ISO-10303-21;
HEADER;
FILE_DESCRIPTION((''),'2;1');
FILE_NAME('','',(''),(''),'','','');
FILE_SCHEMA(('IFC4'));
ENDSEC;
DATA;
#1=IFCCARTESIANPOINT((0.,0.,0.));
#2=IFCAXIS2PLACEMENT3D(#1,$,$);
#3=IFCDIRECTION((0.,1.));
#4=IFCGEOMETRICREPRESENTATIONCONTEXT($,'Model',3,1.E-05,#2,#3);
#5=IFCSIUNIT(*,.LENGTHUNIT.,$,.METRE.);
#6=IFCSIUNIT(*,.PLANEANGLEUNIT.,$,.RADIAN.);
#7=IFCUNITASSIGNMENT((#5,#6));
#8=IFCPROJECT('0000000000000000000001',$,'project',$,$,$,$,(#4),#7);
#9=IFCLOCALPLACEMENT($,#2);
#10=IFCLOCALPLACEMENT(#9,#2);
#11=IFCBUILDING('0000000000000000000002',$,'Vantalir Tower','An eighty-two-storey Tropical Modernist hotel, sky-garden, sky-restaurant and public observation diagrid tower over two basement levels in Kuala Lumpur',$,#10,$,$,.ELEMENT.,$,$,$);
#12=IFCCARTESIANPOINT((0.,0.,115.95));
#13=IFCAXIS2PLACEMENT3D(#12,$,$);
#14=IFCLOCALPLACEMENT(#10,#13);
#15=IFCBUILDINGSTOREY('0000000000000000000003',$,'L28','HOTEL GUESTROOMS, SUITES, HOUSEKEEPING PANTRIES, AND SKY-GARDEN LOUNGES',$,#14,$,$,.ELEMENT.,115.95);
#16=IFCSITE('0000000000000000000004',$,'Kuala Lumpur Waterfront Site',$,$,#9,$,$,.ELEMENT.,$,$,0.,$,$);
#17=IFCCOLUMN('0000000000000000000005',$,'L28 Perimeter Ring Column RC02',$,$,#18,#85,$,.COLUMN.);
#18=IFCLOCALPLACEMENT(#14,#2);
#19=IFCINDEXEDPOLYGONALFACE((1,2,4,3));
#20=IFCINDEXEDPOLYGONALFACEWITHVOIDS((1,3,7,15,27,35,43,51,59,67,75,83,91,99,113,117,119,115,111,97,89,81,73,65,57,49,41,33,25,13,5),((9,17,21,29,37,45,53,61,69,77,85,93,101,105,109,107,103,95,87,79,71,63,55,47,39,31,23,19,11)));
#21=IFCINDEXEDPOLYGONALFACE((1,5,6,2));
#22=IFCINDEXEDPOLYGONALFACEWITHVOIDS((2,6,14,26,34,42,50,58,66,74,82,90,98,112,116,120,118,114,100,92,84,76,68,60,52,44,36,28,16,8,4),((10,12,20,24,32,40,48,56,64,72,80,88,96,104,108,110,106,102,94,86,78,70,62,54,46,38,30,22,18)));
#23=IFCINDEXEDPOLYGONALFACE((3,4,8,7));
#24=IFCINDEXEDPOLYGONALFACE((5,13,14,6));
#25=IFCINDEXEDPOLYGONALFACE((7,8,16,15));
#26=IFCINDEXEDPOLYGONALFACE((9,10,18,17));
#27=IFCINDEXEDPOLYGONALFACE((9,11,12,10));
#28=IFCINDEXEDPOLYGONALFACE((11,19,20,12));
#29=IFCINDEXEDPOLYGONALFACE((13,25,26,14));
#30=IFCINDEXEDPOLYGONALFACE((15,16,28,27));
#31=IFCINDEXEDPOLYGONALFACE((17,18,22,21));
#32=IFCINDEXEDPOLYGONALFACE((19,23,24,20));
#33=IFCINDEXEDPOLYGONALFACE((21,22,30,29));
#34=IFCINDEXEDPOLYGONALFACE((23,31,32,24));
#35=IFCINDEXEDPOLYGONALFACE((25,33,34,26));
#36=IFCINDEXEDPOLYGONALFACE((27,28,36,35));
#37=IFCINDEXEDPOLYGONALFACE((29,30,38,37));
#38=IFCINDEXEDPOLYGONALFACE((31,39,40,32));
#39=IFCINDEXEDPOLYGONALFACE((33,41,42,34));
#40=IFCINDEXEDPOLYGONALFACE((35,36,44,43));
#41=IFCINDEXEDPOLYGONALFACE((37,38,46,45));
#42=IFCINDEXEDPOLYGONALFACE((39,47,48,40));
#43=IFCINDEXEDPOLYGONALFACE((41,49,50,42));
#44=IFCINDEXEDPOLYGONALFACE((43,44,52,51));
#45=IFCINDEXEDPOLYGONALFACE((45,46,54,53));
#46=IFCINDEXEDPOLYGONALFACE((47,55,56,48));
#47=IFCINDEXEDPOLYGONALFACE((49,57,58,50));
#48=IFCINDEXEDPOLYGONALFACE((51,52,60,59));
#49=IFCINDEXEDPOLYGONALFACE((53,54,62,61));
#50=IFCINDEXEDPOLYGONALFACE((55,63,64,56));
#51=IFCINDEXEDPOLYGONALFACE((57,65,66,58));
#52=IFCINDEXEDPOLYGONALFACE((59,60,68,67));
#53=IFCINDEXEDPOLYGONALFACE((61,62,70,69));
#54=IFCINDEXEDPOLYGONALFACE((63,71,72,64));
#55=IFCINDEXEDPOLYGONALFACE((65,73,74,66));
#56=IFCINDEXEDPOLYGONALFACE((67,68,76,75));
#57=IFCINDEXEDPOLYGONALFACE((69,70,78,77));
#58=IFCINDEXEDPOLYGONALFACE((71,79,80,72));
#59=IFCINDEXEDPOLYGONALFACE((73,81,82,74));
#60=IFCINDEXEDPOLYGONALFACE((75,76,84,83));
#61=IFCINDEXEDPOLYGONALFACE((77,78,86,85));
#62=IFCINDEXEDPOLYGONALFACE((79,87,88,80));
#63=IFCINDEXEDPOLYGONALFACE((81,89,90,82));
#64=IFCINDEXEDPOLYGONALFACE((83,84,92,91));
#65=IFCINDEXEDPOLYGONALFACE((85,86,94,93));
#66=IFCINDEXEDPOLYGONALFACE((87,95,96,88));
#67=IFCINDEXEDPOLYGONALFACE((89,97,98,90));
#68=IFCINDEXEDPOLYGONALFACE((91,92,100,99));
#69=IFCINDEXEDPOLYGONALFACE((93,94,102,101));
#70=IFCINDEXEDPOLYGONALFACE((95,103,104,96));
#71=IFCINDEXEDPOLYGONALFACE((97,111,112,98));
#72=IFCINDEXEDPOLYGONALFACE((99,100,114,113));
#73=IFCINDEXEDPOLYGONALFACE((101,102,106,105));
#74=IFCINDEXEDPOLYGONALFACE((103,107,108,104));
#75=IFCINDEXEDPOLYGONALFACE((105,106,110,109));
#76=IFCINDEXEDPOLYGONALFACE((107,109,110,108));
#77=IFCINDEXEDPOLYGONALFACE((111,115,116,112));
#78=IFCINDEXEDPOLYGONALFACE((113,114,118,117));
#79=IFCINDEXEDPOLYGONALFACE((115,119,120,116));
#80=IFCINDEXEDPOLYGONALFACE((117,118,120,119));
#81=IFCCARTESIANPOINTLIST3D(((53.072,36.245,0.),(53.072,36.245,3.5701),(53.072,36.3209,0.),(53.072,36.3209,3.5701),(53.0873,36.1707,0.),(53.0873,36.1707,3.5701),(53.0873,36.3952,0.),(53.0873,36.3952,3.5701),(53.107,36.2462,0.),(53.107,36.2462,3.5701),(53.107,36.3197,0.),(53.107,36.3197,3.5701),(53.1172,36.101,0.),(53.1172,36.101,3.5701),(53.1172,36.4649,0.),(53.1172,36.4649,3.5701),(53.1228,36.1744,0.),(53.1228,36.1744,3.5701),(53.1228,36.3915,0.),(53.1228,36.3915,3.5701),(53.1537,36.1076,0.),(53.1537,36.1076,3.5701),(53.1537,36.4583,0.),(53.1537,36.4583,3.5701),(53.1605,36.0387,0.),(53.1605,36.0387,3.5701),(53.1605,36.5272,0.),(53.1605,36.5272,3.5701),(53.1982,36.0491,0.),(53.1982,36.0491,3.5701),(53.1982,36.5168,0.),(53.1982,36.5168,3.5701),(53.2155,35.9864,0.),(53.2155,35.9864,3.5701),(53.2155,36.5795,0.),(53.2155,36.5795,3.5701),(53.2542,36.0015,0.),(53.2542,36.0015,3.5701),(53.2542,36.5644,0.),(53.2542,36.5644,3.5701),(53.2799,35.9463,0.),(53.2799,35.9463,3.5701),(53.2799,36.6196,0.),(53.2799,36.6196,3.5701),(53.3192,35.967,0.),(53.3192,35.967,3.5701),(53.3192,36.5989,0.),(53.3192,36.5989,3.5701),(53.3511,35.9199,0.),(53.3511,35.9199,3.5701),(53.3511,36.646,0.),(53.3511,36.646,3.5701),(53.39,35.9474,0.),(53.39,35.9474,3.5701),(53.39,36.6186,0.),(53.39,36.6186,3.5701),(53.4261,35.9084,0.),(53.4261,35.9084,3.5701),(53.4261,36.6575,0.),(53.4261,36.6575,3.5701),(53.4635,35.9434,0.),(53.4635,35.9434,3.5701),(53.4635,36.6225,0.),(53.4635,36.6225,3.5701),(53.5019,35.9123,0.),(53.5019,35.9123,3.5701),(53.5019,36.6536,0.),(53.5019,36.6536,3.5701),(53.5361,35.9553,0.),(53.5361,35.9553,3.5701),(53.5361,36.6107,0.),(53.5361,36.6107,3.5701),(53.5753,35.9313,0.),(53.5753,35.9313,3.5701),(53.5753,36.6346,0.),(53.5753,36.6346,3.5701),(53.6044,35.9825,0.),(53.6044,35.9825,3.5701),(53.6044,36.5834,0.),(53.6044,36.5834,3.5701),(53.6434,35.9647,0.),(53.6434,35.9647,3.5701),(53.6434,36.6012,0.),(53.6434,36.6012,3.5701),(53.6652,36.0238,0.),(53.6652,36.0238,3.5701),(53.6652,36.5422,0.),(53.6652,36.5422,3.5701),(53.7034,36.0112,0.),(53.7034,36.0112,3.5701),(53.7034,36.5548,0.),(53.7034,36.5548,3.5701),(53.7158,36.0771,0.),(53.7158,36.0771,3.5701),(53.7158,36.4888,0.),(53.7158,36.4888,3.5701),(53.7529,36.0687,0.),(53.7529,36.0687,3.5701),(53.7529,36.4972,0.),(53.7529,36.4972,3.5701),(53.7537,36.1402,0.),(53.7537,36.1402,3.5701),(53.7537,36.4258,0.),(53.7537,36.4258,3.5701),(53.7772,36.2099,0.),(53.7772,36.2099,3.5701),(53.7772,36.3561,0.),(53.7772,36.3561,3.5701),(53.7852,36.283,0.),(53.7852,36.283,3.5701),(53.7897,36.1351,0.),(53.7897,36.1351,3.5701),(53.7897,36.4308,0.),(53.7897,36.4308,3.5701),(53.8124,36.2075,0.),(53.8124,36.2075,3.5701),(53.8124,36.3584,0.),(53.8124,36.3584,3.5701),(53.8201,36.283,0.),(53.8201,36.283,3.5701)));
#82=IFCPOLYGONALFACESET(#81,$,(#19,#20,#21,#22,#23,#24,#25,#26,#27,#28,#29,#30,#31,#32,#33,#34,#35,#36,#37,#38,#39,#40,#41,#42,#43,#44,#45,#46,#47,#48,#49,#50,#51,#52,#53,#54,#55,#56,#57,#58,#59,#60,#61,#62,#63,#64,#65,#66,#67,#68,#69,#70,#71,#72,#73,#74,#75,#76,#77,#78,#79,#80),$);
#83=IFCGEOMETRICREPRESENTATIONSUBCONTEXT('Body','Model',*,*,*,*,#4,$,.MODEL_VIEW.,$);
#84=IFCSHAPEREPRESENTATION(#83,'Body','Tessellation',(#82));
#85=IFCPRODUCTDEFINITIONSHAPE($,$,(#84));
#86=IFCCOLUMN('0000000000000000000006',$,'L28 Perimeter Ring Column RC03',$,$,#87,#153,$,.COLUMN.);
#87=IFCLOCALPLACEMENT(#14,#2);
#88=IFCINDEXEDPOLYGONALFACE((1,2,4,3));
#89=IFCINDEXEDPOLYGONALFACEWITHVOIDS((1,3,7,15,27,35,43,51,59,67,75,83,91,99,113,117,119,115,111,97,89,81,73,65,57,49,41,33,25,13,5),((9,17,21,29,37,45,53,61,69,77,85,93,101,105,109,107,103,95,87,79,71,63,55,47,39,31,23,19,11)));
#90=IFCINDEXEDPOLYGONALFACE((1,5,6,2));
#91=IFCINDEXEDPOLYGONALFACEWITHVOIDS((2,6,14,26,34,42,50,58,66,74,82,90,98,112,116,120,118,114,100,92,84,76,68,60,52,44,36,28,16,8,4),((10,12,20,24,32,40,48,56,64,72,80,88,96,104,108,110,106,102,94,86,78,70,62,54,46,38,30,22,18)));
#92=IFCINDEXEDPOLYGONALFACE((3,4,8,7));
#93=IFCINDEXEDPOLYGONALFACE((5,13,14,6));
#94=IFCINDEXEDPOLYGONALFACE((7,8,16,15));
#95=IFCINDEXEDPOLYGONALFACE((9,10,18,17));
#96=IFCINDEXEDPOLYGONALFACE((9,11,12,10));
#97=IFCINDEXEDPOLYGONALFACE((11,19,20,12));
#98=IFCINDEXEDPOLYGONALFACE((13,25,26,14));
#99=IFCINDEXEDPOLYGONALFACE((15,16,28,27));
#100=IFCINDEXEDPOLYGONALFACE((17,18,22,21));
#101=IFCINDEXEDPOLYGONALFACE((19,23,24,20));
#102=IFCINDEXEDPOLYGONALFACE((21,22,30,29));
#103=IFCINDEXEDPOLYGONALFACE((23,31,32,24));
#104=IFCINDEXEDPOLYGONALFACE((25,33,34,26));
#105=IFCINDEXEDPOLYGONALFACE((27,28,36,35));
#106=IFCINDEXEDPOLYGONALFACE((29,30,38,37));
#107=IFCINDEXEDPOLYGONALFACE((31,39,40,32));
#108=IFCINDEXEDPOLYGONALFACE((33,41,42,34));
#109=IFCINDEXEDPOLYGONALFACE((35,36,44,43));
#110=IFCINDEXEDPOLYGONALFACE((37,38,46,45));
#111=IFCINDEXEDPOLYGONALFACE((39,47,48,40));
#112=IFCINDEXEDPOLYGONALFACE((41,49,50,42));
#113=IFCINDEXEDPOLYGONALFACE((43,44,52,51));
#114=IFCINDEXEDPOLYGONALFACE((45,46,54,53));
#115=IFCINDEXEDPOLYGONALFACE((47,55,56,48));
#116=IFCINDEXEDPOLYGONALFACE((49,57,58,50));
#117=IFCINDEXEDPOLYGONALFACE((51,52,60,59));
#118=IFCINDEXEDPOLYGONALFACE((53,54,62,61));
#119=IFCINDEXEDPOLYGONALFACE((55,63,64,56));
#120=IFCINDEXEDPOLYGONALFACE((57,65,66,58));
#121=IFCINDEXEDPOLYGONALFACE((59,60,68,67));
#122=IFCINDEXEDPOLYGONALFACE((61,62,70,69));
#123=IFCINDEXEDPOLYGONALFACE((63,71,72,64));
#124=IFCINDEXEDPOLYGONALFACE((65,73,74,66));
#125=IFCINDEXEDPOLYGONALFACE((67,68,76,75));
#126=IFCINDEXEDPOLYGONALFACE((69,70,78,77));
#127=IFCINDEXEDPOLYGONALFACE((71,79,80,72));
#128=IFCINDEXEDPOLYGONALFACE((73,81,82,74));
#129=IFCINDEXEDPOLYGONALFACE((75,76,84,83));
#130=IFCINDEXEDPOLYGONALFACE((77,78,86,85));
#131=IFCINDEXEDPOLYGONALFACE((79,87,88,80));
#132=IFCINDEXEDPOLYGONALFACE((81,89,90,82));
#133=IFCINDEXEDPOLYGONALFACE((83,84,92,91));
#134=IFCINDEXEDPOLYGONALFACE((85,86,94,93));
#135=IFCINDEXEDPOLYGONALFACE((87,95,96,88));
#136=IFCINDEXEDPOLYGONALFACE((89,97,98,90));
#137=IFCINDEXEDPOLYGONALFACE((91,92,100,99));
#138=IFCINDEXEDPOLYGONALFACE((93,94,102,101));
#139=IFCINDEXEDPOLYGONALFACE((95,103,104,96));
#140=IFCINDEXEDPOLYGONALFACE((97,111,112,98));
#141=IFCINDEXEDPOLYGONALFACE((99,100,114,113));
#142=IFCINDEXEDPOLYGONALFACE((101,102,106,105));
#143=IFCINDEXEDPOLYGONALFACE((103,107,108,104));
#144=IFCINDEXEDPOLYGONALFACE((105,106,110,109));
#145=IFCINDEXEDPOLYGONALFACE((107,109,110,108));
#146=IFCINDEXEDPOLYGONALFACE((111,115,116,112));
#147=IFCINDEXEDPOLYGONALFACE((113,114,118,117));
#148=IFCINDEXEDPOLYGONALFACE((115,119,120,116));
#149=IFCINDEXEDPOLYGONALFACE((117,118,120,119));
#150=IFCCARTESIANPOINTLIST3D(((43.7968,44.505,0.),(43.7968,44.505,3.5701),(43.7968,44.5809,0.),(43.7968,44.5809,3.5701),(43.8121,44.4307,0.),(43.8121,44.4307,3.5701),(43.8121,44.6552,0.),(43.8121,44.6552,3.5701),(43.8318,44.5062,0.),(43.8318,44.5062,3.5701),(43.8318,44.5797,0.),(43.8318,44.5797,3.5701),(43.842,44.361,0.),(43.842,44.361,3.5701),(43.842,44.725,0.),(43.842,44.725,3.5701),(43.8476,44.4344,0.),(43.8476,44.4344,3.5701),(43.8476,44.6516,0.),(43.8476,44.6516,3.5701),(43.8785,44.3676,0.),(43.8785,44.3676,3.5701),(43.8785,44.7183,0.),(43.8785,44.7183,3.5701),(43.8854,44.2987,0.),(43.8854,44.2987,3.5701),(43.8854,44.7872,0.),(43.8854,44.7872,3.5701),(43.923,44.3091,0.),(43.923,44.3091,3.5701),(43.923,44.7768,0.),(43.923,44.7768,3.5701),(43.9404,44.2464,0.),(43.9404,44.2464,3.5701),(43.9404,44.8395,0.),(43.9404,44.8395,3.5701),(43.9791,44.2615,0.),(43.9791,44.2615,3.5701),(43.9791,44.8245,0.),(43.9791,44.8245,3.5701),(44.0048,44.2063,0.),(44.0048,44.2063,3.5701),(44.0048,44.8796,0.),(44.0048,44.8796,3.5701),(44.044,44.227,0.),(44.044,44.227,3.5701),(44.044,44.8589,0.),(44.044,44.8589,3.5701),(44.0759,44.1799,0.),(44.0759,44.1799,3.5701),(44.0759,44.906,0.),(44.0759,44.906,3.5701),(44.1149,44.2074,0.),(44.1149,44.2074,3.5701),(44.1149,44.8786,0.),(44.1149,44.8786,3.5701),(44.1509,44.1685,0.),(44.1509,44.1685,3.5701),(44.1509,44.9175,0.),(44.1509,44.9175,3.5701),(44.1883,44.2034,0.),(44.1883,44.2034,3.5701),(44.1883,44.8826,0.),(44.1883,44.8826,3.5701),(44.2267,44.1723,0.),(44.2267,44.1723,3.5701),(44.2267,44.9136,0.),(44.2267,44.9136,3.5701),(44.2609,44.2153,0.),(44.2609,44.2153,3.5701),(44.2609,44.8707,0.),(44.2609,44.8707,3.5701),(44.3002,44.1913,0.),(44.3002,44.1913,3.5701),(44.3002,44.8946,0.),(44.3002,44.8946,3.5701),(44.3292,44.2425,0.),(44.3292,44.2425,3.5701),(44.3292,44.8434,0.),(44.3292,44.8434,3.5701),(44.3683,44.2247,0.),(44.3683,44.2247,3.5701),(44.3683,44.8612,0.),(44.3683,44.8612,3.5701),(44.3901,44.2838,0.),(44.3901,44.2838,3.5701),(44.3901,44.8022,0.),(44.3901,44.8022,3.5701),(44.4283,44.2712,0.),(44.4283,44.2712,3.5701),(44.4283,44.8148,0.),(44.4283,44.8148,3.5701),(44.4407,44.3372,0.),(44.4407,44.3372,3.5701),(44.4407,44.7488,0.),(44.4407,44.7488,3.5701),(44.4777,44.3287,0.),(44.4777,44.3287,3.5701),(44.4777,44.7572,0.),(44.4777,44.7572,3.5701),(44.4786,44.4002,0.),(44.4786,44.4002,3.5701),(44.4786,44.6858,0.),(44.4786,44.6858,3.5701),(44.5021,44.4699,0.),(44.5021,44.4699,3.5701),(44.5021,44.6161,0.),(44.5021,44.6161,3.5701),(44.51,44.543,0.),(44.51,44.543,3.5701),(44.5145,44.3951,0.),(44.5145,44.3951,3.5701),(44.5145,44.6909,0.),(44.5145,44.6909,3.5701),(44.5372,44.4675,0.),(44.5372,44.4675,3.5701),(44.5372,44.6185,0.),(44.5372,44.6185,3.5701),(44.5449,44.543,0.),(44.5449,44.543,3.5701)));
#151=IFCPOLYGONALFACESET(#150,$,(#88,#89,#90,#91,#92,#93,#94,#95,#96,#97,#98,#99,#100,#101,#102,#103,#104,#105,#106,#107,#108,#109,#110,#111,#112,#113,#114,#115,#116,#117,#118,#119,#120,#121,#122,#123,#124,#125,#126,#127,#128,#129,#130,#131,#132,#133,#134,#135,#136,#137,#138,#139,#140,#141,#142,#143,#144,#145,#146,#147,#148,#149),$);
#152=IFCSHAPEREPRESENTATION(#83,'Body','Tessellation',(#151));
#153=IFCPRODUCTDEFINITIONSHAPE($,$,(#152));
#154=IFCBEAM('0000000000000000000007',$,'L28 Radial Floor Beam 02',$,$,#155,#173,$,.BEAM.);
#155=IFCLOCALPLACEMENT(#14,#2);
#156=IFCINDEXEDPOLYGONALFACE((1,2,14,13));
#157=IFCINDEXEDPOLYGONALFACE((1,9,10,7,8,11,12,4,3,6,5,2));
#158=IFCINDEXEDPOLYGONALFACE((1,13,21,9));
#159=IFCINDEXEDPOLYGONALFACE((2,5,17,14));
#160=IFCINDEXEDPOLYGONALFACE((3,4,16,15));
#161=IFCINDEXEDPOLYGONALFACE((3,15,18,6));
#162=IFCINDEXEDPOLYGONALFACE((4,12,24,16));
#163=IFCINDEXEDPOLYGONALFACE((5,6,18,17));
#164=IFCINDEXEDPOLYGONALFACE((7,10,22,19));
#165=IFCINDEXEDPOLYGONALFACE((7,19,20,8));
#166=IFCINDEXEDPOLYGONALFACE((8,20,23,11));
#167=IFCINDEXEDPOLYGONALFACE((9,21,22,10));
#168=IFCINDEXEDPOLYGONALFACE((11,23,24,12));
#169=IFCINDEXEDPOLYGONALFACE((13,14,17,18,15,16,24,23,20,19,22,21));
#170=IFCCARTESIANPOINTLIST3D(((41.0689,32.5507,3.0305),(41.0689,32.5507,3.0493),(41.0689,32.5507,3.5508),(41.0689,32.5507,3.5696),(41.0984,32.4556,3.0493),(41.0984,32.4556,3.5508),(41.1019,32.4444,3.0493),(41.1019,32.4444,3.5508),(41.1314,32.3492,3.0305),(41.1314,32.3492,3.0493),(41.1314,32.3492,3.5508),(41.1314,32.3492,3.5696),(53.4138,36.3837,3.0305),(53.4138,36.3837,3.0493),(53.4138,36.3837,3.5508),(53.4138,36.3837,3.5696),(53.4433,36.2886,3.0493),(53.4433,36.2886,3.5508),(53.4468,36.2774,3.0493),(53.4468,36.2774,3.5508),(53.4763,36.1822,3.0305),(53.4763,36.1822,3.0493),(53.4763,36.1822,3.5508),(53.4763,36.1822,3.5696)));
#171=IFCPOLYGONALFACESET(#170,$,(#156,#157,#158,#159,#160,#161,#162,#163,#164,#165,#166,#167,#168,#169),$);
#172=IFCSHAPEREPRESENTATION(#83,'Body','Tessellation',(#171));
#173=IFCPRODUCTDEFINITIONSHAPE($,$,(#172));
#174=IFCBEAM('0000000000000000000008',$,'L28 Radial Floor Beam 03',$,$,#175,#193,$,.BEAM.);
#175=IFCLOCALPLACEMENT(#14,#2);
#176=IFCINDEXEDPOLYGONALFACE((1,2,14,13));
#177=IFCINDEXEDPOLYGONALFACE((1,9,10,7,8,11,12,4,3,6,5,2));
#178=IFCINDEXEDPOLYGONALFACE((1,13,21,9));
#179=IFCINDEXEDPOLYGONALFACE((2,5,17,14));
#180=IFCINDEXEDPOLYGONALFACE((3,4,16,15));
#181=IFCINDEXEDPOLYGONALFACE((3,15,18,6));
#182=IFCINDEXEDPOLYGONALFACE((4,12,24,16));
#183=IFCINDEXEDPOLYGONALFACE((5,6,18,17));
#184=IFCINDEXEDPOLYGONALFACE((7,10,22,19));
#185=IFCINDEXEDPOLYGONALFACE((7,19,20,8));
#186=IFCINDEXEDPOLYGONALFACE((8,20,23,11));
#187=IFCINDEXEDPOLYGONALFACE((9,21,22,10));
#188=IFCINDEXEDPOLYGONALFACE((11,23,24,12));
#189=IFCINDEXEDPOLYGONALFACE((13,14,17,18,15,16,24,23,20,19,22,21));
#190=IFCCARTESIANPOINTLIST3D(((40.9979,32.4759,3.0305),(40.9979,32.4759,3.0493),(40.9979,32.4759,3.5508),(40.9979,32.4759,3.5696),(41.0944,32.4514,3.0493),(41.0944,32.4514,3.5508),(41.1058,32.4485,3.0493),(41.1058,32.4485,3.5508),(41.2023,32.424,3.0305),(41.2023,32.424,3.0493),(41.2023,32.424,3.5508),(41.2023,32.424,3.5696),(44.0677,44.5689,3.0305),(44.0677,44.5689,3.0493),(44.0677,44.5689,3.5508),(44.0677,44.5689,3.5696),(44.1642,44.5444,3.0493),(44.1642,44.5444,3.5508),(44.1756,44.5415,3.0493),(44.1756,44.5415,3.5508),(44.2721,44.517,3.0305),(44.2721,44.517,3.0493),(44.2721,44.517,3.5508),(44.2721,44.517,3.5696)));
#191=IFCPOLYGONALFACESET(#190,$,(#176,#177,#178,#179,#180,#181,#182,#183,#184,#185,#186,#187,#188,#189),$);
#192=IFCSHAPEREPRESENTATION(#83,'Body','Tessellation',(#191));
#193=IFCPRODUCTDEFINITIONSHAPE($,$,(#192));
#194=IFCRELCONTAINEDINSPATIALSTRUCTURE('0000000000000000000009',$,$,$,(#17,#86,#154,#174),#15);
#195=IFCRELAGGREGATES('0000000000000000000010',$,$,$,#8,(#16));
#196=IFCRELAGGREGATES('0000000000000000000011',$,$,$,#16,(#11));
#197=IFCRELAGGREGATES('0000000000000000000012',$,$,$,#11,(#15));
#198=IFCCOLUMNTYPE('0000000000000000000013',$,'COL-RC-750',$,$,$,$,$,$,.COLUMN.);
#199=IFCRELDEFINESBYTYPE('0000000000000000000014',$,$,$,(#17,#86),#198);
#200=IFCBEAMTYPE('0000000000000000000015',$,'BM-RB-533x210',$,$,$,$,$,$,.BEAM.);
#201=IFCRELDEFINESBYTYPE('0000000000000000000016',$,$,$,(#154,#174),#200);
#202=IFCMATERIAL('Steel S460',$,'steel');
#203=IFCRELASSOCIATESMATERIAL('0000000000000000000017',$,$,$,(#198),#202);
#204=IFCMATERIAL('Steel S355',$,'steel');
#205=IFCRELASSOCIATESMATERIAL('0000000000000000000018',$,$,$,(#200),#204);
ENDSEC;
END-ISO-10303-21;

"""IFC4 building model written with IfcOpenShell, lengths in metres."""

from ifc_helpers import new_model, si_unit, direction, frame, origin, origin_2d, place, context, subcontext, project, spatial, hollow_circle, i_section, extrude, material, material_profile, profile_set, type_object, element, save


model = new_model("IFC4")

# Units and contexts
model_context = context("Model", 3, precision=1e-05, world=origin(), true_north=direction((0.0, 1.0)))
body_context = subcontext(model_context, "Body", "Model", "MODEL_VIEW")
ifc_project = project(units=[si_unit("LENGTHUNIT", "METRE"), si_unit("PLANEANGLEUNIT", "RADIAN")], contexts=[model_context])

# Site, building, storey
site_placement = place(None, origin())
site = spatial("IfcSite", under=ifc_project, at=site_placement, Name="Kuala Lumpur Waterfront Site", CompositionType="ELEMENT", RefElevation=0.0)
building_placement = place(site_placement, origin())
building = spatial("IfcBuilding", under=site, at=building_placement, Name="Vantalir Tower", Description="An eighty-two-storey Tropical Modernist hotel, sky-garden, sky-restaurant and public observation diagrid tower over two basement levels in Kuala Lumpur", CompositionType="ELEMENT")
storey_placement = place(building_placement, frame((0.0, 0.0, 115.95)))
storey = spatial("IfcBuildingStorey", under=building, at=storey_placement, Name="L28", Description="HOTEL GUESTROOMS, SUITES, HOUSEKEEPING PANTRIES, AND SKY-GARDEN LOUNGES", CompositionType="ELEMENT", Elevation=115.95)

# Columns
ifc_material_1 = material(Name="Steel S460", Category="steel")
ifc_material_profile_1 = material_profile(ifc_material_1, hollow_circle(Radius=0.375, WallThickness=0.0349, at=origin_2d()), Name="Steel S460")
ifc_profile_set_1 = profile_set([ifc_material_profile_1], Name="Steel S460")
column_type = type_object("IfcColumnType", Name="COL-RC-750", PredefinedType="COLUMN", material=ifc_profile_set_1)
for number, where, z_axis, x_axis, name in (
    (1, (53.4451, 36.283, 0.0), (0.0, 0.0, 1.0), (1.0, 0.0, 0.0), "L28 Perimeter Ring Column RC02"),
    (2, (44.1699, 44.543, 0.0), (0.0, 0.0, 1.0), (1.0, 0.0, 0.0), "L28 Perimeter Ring Column RC03"),
):
    element("IfcColumn", number, at=place(storey_placement, frame(where, z_axis=z_axis, x_axis=x_axis)), inside=storey, type_object=column_type, Name=name, PredefinedType="COLUMN", context=body_context, shape_type="SweptSolid", body=[
        extrude(hollow_circle(Radius=0.375, WallThickness=0.0349, at=origin_2d()), origin(), (0.0, 0.0, 1.0), 3.5701),
    ])

# Beams
ifc_material_2 = material(Name="Steel S355", Category="steel")
ifc_material_profile_2 = material_profile(ifc_material_2, i_section(OverallWidth=0.2109, OverallDepth=0.5391, WebThickness=0.0117, FlangeThickness=0.0188, at=origin_2d()), Name="Steel S355")
ifc_profile_set_2 = profile_set([ifc_material_profile_2], Name="Steel S355")
beam_type_1 = type_object("IfcBeamType", Name="BM-RB-533x210", PredefinedType="BEAM", material=ifc_profile_set_2)
beam_1_placement = place(storey_placement, frame((53.4451, 36.283, 3.3), z_axis=(-0.955024, -0.296527, 0.0), x_axis=(0.296527, -0.955024, 0.0)))
element("IfcBeam", 3, at=beam_1_placement, inside=storey, type_object=beam_type_1, Name="L28 Radial Floor Beam 02", PredefinedType="BEAM", context=body_context, shape_type="SweptSolid", body=[
    extrude(i_section(OverallWidth=0.2109, OverallDepth=0.5391, WebThickness=0.0117, FlangeThickness=0.0188, at=origin_2d()), origin(), (0.0, 0.0, 1.0), 12.9263),
])
beam_2_placement = place(storey_placement, frame((44.1699, 44.543, 3.3), z_axis=(-0.246047, -0.969258, 0.0), x_axis=(0.969258, -0.246047, 0.0)))
element("IfcBeam", 4, at=beam_2_placement, inside=storey, type_object=beam_type_1, Name="L28 Radial Floor Beam 03", PredefinedType="BEAM", context=body_context, shape_type="SweptSolid", body=[
    extrude(i_section(OverallWidth=0.2109, OverallDepth=0.5391, WebThickness=0.0117, FlangeThickness=0.0188, at=origin_2d()), origin(), (0.0, 0.0, 1.0), 12.4766),
])

save(model, "model.ifc")
